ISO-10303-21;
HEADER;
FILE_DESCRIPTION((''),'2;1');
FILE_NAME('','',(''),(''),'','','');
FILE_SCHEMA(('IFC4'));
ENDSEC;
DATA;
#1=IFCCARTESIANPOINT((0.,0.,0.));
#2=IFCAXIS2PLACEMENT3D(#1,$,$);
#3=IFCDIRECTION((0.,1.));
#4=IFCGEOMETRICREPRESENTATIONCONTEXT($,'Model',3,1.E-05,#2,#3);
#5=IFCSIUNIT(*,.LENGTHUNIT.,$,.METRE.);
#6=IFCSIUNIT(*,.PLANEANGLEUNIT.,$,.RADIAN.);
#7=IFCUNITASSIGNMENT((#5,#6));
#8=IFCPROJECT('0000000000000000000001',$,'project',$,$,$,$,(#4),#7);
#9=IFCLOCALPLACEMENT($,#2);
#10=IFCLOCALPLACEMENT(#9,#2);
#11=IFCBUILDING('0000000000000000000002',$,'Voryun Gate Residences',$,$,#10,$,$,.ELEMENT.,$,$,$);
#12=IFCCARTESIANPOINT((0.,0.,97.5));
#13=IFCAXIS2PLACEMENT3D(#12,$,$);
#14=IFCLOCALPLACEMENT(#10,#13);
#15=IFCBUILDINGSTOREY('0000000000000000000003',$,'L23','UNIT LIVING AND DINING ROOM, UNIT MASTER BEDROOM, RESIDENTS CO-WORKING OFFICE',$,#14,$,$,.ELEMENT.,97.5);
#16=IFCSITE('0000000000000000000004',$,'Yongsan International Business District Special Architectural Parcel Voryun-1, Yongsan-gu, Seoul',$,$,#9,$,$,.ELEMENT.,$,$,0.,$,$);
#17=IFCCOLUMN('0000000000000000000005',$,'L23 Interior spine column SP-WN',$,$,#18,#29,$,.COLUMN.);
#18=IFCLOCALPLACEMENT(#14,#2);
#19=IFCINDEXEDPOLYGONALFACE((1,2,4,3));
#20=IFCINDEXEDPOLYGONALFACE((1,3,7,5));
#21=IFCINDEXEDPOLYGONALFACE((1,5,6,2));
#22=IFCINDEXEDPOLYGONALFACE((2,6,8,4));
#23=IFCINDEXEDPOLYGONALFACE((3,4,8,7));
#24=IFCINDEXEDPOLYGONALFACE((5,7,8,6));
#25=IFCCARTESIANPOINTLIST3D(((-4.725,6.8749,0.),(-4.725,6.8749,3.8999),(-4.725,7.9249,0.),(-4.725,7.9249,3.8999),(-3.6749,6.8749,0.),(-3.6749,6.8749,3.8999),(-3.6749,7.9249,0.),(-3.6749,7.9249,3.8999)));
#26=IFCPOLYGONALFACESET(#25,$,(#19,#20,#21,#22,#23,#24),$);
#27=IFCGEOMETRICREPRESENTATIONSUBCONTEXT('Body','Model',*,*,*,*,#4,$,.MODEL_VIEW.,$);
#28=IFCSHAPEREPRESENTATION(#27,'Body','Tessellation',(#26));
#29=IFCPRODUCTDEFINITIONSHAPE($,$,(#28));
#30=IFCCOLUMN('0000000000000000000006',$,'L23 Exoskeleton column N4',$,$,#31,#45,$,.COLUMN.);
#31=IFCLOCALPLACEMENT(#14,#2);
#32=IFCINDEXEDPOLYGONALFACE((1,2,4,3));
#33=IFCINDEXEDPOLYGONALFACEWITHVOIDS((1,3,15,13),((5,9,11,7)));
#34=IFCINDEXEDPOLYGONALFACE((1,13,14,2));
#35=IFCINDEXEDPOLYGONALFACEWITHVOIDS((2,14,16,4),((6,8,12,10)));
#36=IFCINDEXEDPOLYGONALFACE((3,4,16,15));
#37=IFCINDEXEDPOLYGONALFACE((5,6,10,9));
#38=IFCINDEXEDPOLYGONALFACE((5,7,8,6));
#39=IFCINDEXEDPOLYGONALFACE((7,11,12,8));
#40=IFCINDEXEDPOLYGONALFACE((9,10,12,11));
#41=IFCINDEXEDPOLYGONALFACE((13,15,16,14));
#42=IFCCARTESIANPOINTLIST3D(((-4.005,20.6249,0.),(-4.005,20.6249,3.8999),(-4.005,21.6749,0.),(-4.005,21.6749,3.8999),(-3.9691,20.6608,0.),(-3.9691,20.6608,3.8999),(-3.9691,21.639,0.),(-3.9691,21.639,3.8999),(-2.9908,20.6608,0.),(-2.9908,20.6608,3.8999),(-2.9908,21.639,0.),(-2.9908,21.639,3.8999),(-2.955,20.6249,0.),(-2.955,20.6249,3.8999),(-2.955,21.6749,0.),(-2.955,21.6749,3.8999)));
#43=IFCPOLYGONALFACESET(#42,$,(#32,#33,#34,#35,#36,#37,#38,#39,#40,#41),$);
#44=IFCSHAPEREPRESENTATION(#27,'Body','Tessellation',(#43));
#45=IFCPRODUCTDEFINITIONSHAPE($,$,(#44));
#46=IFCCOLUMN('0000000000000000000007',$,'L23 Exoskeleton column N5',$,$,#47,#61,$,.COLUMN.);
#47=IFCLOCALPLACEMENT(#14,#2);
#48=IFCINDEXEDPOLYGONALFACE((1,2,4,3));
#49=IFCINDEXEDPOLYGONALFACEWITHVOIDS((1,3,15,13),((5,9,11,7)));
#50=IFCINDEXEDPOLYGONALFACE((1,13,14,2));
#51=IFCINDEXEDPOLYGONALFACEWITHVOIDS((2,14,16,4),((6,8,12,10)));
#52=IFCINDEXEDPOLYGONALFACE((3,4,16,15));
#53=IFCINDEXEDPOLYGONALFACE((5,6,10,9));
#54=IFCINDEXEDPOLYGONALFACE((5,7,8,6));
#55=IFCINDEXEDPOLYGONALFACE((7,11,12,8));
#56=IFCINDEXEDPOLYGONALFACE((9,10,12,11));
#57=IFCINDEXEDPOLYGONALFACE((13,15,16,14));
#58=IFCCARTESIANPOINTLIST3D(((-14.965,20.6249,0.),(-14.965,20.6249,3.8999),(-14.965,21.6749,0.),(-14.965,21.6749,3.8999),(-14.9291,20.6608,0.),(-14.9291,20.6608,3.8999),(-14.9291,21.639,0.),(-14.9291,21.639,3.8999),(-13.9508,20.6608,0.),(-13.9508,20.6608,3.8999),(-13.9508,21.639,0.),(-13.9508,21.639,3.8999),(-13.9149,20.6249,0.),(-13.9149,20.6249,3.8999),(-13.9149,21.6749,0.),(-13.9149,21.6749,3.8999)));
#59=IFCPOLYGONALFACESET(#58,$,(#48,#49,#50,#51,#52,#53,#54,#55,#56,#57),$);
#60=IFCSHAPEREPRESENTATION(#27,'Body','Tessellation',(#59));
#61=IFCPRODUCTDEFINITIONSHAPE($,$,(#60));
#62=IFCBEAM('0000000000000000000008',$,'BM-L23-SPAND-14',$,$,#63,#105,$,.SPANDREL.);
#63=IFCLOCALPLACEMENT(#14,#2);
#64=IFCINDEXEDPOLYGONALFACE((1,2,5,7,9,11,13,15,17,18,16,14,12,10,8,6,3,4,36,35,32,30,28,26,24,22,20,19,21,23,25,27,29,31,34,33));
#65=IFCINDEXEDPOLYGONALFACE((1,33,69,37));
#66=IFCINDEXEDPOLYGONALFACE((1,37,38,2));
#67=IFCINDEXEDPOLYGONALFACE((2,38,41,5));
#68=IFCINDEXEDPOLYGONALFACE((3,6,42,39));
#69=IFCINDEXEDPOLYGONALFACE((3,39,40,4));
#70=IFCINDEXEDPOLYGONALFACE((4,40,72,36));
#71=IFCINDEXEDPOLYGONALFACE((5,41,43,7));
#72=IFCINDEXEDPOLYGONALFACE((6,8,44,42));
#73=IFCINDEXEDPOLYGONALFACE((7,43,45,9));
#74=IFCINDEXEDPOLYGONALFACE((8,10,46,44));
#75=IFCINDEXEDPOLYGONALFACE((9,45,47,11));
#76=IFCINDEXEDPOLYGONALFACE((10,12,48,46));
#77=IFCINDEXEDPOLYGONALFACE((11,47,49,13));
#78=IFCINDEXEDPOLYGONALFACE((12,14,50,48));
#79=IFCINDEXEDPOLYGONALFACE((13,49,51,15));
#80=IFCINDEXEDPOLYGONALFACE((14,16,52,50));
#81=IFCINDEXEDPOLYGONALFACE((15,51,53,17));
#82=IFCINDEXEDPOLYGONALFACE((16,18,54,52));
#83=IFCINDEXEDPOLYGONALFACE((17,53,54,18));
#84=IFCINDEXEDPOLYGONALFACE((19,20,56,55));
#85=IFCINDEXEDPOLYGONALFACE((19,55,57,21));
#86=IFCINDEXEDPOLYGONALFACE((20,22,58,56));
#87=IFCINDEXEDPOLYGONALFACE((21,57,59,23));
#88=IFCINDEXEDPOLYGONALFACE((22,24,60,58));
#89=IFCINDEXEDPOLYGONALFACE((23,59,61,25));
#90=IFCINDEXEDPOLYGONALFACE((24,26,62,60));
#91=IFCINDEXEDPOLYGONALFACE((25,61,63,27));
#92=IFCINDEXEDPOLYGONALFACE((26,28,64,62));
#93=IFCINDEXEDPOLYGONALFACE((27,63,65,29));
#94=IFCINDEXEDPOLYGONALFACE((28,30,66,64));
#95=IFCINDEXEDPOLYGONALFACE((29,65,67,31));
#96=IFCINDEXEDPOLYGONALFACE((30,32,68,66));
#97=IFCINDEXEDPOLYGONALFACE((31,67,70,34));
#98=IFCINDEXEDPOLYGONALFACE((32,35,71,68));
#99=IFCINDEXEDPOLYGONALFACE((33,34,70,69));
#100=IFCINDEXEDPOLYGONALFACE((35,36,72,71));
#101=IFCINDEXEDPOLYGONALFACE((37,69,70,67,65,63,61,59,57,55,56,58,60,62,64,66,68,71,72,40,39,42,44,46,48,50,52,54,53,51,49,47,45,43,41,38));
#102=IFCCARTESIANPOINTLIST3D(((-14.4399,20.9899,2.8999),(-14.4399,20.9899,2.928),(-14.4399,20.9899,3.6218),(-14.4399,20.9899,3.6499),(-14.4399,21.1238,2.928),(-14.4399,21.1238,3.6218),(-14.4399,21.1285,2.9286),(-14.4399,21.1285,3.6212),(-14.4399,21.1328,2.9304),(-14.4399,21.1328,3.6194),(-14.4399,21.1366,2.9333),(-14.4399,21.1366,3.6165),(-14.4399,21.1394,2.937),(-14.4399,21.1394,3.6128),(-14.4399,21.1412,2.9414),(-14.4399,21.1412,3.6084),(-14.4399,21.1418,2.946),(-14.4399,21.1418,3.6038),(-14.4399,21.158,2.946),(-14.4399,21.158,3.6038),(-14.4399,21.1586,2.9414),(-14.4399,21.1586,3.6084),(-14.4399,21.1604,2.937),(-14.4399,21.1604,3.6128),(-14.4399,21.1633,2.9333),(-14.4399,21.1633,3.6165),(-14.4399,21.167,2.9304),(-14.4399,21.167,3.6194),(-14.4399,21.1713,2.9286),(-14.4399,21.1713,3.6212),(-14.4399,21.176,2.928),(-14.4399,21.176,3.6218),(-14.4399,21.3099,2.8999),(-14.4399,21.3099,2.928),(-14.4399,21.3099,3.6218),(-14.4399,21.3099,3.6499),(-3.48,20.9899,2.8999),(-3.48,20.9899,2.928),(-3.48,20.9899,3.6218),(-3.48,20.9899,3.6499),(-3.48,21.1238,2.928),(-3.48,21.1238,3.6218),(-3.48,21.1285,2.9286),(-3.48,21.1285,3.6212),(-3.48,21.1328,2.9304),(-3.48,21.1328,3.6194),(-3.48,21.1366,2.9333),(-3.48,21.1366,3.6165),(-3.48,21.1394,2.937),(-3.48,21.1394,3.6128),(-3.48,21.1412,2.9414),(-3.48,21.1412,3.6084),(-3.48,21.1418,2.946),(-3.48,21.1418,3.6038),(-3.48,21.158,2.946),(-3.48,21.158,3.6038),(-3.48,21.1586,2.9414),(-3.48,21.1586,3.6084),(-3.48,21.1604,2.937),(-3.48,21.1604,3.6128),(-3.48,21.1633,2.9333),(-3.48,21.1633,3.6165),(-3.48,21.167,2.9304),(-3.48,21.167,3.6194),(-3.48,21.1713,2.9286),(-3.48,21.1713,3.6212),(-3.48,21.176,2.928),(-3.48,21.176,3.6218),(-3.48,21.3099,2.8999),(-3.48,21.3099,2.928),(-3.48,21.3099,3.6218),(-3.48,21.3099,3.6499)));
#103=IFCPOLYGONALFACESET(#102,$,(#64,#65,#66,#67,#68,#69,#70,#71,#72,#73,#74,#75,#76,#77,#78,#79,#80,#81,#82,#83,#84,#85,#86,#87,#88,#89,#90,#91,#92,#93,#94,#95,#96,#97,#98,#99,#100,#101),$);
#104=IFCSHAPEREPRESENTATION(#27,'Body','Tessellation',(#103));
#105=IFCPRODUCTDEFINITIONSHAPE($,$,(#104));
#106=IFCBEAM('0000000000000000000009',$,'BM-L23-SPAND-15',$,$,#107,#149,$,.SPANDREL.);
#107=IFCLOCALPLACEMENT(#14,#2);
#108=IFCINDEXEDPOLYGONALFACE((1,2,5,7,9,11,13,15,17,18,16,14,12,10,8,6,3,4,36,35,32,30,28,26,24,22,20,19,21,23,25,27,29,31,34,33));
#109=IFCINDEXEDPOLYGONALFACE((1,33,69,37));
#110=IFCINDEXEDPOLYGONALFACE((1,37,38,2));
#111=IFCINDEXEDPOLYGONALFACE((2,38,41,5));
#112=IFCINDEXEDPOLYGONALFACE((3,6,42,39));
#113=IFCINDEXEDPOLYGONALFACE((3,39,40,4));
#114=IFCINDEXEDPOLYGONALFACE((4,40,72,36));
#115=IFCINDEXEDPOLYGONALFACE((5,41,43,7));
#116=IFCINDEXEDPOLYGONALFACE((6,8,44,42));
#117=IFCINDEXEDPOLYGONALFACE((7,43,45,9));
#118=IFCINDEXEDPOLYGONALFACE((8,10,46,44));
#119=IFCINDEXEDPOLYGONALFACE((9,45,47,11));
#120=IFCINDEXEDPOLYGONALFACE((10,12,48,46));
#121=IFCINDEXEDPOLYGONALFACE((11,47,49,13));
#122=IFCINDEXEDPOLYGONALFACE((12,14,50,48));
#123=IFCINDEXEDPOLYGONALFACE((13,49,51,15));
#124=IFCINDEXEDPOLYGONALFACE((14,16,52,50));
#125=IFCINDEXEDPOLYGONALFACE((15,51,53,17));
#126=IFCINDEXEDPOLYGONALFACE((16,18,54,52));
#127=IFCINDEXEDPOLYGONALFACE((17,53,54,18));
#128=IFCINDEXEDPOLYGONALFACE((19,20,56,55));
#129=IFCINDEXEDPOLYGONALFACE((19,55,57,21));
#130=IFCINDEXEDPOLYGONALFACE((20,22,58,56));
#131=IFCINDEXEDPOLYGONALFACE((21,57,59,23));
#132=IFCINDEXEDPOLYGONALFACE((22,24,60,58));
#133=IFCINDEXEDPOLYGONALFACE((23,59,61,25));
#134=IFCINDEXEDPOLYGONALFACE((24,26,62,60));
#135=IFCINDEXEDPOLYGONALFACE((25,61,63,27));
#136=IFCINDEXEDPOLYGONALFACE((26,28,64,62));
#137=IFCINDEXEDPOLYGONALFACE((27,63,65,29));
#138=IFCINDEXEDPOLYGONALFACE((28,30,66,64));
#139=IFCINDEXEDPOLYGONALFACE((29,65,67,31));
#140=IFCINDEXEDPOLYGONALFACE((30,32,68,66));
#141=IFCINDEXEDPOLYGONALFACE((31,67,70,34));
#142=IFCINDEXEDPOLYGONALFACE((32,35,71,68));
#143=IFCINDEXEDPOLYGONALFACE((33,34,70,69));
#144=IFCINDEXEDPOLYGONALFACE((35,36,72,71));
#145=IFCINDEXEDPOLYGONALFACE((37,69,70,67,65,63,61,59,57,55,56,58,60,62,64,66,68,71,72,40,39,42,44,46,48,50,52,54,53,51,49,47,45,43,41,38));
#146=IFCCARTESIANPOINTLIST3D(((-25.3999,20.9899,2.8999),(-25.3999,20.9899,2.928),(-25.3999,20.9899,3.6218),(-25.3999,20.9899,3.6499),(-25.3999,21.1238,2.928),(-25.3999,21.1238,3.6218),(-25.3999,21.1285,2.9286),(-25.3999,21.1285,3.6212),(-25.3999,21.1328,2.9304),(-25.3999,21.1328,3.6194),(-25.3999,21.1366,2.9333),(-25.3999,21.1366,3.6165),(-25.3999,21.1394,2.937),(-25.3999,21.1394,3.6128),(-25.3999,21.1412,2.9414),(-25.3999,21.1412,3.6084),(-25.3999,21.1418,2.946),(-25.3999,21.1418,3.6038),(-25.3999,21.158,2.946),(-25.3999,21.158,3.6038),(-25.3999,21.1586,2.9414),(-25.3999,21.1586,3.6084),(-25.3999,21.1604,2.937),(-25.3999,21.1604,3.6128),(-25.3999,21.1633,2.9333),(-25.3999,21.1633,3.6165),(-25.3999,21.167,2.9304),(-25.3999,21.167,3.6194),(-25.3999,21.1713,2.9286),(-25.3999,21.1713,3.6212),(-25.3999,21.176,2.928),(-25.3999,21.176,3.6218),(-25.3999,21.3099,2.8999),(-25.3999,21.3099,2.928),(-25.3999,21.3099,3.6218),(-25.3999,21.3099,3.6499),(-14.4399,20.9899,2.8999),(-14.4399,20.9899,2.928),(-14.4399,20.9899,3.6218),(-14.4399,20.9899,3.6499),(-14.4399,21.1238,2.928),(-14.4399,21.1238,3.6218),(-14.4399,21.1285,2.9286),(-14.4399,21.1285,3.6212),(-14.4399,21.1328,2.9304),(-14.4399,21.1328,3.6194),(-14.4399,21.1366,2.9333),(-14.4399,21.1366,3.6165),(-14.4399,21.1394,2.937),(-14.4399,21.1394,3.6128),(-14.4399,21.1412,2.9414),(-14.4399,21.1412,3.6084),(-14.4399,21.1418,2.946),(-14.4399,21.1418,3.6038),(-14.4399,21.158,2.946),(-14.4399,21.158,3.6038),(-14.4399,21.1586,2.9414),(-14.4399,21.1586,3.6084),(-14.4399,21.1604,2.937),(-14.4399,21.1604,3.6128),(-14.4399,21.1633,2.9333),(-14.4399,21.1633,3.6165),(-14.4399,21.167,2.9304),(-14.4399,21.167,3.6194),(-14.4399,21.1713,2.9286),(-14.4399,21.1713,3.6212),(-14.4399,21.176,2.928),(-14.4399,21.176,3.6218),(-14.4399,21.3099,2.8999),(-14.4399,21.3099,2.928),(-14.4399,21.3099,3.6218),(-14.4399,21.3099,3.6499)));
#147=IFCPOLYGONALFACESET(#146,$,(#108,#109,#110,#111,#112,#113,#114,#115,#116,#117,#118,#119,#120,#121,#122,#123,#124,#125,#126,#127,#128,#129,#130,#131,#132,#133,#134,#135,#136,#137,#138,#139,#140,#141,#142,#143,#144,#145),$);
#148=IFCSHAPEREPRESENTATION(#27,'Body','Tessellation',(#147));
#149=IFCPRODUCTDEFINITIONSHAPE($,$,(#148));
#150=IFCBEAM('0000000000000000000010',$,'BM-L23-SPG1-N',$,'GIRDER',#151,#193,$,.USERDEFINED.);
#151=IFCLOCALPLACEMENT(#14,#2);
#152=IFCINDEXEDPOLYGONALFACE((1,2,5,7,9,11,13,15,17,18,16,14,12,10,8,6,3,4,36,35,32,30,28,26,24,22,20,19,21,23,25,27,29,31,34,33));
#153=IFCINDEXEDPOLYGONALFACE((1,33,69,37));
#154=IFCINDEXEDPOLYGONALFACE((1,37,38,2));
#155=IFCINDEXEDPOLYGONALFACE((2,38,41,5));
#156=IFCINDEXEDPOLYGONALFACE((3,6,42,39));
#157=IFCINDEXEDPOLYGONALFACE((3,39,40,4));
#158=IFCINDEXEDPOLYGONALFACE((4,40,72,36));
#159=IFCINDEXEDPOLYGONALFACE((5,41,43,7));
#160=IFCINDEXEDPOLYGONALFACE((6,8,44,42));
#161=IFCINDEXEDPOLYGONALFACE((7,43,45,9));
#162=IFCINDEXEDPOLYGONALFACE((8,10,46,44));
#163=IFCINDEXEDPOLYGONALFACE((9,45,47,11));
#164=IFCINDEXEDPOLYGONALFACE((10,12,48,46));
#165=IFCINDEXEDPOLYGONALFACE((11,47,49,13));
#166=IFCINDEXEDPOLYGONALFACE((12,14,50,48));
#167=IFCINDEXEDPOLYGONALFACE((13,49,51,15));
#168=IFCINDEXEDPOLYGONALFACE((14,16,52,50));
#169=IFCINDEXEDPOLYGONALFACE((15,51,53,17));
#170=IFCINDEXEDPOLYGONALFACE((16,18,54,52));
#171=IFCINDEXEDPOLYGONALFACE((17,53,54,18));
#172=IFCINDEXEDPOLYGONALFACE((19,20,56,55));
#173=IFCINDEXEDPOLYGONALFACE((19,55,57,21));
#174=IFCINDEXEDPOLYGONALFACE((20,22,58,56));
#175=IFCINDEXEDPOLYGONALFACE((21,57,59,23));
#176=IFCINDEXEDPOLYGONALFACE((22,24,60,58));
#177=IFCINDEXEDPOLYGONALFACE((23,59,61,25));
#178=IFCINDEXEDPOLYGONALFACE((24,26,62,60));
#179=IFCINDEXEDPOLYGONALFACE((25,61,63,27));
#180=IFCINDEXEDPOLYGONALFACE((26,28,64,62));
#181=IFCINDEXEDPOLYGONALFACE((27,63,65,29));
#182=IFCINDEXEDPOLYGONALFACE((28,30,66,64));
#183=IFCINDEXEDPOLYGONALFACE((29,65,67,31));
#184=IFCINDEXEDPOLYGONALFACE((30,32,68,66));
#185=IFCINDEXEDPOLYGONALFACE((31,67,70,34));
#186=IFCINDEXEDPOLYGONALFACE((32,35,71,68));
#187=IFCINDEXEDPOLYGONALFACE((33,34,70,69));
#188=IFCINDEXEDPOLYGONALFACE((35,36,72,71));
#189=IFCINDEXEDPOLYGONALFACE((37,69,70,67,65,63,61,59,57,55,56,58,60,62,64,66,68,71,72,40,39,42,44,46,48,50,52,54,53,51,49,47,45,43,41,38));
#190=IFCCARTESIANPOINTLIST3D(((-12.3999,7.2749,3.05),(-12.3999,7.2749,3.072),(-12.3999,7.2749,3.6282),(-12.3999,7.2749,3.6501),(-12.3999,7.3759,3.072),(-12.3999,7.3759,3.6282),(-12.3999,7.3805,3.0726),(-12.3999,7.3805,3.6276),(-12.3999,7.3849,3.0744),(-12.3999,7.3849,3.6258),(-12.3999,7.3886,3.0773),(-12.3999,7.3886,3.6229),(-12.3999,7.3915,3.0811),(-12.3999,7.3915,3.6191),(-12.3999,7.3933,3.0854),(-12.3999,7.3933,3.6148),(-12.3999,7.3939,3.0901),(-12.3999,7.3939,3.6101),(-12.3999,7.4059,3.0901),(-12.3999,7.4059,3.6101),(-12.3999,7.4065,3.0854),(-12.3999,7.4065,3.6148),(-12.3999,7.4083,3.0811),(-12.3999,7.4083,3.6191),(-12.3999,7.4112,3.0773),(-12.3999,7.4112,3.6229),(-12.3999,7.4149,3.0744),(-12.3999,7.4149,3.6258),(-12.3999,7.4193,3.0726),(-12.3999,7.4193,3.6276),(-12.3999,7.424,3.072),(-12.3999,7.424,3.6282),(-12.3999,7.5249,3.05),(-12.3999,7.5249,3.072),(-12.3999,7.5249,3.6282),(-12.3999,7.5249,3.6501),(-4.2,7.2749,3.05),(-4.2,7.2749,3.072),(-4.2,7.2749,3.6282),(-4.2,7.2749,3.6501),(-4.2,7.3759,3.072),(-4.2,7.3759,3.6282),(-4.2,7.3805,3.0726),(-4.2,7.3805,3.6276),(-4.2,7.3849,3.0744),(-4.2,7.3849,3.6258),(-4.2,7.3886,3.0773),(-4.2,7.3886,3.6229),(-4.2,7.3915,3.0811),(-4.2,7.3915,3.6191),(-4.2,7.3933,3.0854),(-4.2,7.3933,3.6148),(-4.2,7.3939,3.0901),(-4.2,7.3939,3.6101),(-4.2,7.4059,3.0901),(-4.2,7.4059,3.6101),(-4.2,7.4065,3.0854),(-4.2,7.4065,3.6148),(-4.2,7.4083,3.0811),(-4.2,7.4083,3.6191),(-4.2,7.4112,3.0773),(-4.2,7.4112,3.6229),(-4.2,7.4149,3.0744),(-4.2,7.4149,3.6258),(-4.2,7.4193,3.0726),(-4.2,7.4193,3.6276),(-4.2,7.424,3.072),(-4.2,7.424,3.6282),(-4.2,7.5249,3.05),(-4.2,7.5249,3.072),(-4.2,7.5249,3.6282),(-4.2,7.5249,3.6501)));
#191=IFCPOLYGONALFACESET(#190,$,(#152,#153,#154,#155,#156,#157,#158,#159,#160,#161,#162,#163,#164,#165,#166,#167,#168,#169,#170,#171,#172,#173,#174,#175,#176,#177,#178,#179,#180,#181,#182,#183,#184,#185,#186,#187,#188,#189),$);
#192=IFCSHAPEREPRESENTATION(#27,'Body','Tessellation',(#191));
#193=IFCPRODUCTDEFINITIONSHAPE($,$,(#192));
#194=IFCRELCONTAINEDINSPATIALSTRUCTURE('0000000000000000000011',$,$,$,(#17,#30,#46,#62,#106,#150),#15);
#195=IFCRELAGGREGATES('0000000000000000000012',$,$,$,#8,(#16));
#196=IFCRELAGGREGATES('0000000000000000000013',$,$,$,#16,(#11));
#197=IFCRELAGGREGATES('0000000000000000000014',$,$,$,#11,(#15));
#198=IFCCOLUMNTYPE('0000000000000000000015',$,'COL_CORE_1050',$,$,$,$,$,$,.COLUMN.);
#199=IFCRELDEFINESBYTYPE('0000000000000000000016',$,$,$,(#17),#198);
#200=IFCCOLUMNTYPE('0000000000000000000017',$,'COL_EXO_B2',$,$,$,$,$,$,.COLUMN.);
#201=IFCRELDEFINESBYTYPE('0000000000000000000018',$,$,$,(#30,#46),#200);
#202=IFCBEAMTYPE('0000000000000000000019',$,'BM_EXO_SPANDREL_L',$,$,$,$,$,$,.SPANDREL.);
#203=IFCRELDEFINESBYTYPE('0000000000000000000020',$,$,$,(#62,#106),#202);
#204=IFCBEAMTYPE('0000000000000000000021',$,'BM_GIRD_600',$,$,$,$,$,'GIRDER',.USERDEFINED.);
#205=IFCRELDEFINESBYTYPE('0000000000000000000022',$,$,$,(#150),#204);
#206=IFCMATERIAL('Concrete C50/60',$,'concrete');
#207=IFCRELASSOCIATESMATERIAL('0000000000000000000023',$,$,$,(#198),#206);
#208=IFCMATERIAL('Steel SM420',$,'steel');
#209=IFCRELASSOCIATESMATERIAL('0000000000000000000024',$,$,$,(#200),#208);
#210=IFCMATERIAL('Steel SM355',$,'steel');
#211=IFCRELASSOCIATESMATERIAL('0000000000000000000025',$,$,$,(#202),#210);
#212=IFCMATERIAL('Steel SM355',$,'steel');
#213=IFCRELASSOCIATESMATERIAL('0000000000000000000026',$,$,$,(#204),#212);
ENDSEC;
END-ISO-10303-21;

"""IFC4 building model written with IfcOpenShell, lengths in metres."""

from ifc_helpers import new_model, si_unit, direction, frame, origin, origin_2d, place, context, subcontext, project, spatial, rectangle, hollow_rectangle, i_section, extrude, material, material_profile, profile_set, type_object, element, save


model = new_model("IFC4")

# Units and contexts
model_context = context("Model", 3, precision=1e-05, world=origin(), true_north=direction((0.0, 1.0)))
body_context = subcontext(model_context, "Body", "Model", "MODEL_VIEW")
ifc_project = project(units=[si_unit("LENGTHUNIT", "METRE"), si_unit("PLANEANGLEUNIT", "RADIAN")], contexts=[model_context])

# Site, building, storey
site_placement = place(None, origin())
site = spatial("IfcSite", under=ifc_project, at=site_placement, Name="Yongsan International Business District Special Architectural Parcel Voryun-1, Yongsan-gu, Seoul", CompositionType="ELEMENT", RefElevation=0.0)
building_placement = place(site_placement, origin())
building = spatial("IfcBuilding", under=site, at=building_placement, Name="Voryun Gate Residences", CompositionType="ELEMENT")
storey_placement = place(building_placement, frame((0.0, 0.0, 97.5)))
storey = spatial("IfcBuildingStorey", under=building, at=storey_placement, Name="L23", Description="UNIT LIVING AND DINING ROOM, UNIT MASTER BEDROOM, RESIDENTS CO-WORKING OFFICE", CompositionType="ELEMENT", Elevation=97.5)

# Columns
ifc_material_1 = material(Name="Concrete C50/60", Category="concrete")
ifc_material_profile_1 = material_profile(ifc_material_1, rectangle(XDim=1.05, YDim=1.05, at=origin_2d()), Name="RC-1050x1050")
ifc_profile_set_1 = profile_set([ifc_material_profile_1], Name="Concrete C50/60")
column_type_1 = type_object("IfcColumnType", Name="COL_CORE_1050", PredefinedType="COLUMN", material=ifc_profile_set_1)
column_placement = place(storey_placement, frame((-4.2, 7.3999, 0.0), z_axis=(0.0, 0.0, 1.0), x_axis=(1.0, 0.0, 0.0)))
element("IfcColumn", 1, at=column_placement, inside=storey, type_object=column_type_1, Name="L23 Interior spine column SP-WN", PredefinedType="COLUMN", context=body_context, shape_type="SweptSolid", body=[
    extrude(rectangle(XDim=1.05, YDim=1.05, at=origin_2d()), origin(), (0.0, 0.0, 1.0), 3.8999),
])
ifc_material_2 = material(Name="Steel SM420", Category="steel")
ifc_material_profile_2 = material_profile(ifc_material_2, hollow_rectangle(XDim=1.05, YDim=1.05, WallThickness=0.0359, at=origin_2d()), Name="BOX-1050x1050x36")
ifc_profile_set_2 = profile_set([ifc_material_profile_2], Name="Steel SM420")
column_type_2 = type_object("IfcColumnType", Name="COL_EXO_B2", PredefinedType="COLUMN", material=ifc_profile_set_2)
for number, where, z_axis, x_axis, name in (
    (2, (-3.48, 21.1499, 0.0), (0.0, 0.0, 1.0), (1.0, 0.0, 0.0), "L23 Exoskeleton column N4"),
    (3, (-14.4399, 21.1499, 0.0), (0.0, 0.0, 1.0), (1.0, 0.0, 0.0), "L23 Exoskeleton column N5"),
):
    element("IfcColumn", number, at=place(storey_placement, frame(where, z_axis=z_axis, x_axis=x_axis)), inside=storey, type_object=column_type_2, Name=name, PredefinedType="COLUMN", context=body_context, shape_type="SweptSolid", body=[
        extrude(hollow_rectangle(XDim=1.05, YDim=1.05, WallThickness=0.0359, at=origin_2d()), origin(), (0.0, 0.0, 1.0), 3.8999),
    ])

# Beams
ifc_material_3 = material(Name="Steel SM355", Category="steel")
ifc_material_profile_3 = material_profile(ifc_material_3, i_section(OverallWidth=0.3201, OverallDepth=0.75, WebThickness=0.0161, FlangeThickness=0.0281, FilletRadius=0.0181, at=origin_2d()), Name="H-750x320x16x28")
ifc_profile_set_3 = profile_set([ifc_material_profile_3], Name="Steel SM355")
beam_type_1 = type_object("IfcBeamType", Name="BM_EXO_SPANDREL_L", PredefinedType="SPANDREL", material=ifc_profile_set_3)
for number, where, z_axis, x_axis, name in (
    (4, (-3.48, 21.1499, 3.2749), (-1.0, 0.0, 0.0), (0.0, -1.0, 0.0), "BM-L23-SPAND-14"),
    (5, (-14.4399, 21.1499, 3.2749), (-1.0, 0.0, 0.0), (0.0, -1.0, 0.0), "BM-L23-SPAND-15"),
):
    element("IfcBeam", number, at=place(storey_placement, frame(where, z_axis=z_axis, x_axis=x_axis)), inside=storey, type_object=beam_type_1, Name=name, PredefinedType="SPANDREL", context=body_context, shape_type="SweptSolid", body=[
        extrude(i_section(OverallWidth=0.3201, OverallDepth=0.75, WebThickness=0.0161, FlangeThickness=0.0281, FilletRadius=0.0181, at=origin_2d()), origin(), (0.0, 0.0, 1.0), 10.96),
    ])
ifc_material_4 = material(Name="Steel SM355", Category="steel")
ifc_material_profile_4 = material_profile(ifc_material_4, i_section(OverallWidth=0.25, OverallDepth=0.6001, WebThickness=0.012, FlangeThickness=0.022, FilletRadius=0.0181, at=origin_2d()), Name="H-600x250x12x22")
ifc_profile_set_4 = profile_set([ifc_material_profile_4], Name="Steel SM355")
beam_type_2 = type_object("IfcBeamType", Name="BM_GIRD_600", ElementType="GIRDER", PredefinedType="USERDEFINED", material=ifc_profile_set_4)
beam_1_placement = place(storey_placement, frame((-12.3999, 7.3999, 3.3501), z_axis=(1.0, 0.0, 0.0), x_axis=(0.0, 1.0, 0.0)))
element("IfcBeam", 6, at=beam_1_placement, inside=storey, type_object=beam_type_2, Name="BM-L23-SPG1-N", ObjectType="GIRDER", PredefinedType="USERDEFINED", context=body_context, shape_type="SweptSolid", body=[
    extrude(i_section(OverallWidth=0.25, OverallDepth=0.6001, WebThickness=0.012, FlangeThickness=0.022, FilletRadius=0.0181, at=origin_2d()), origin(), (0.0, 0.0, 1.0), 8.2),
])

save(model, "model.ifc")
